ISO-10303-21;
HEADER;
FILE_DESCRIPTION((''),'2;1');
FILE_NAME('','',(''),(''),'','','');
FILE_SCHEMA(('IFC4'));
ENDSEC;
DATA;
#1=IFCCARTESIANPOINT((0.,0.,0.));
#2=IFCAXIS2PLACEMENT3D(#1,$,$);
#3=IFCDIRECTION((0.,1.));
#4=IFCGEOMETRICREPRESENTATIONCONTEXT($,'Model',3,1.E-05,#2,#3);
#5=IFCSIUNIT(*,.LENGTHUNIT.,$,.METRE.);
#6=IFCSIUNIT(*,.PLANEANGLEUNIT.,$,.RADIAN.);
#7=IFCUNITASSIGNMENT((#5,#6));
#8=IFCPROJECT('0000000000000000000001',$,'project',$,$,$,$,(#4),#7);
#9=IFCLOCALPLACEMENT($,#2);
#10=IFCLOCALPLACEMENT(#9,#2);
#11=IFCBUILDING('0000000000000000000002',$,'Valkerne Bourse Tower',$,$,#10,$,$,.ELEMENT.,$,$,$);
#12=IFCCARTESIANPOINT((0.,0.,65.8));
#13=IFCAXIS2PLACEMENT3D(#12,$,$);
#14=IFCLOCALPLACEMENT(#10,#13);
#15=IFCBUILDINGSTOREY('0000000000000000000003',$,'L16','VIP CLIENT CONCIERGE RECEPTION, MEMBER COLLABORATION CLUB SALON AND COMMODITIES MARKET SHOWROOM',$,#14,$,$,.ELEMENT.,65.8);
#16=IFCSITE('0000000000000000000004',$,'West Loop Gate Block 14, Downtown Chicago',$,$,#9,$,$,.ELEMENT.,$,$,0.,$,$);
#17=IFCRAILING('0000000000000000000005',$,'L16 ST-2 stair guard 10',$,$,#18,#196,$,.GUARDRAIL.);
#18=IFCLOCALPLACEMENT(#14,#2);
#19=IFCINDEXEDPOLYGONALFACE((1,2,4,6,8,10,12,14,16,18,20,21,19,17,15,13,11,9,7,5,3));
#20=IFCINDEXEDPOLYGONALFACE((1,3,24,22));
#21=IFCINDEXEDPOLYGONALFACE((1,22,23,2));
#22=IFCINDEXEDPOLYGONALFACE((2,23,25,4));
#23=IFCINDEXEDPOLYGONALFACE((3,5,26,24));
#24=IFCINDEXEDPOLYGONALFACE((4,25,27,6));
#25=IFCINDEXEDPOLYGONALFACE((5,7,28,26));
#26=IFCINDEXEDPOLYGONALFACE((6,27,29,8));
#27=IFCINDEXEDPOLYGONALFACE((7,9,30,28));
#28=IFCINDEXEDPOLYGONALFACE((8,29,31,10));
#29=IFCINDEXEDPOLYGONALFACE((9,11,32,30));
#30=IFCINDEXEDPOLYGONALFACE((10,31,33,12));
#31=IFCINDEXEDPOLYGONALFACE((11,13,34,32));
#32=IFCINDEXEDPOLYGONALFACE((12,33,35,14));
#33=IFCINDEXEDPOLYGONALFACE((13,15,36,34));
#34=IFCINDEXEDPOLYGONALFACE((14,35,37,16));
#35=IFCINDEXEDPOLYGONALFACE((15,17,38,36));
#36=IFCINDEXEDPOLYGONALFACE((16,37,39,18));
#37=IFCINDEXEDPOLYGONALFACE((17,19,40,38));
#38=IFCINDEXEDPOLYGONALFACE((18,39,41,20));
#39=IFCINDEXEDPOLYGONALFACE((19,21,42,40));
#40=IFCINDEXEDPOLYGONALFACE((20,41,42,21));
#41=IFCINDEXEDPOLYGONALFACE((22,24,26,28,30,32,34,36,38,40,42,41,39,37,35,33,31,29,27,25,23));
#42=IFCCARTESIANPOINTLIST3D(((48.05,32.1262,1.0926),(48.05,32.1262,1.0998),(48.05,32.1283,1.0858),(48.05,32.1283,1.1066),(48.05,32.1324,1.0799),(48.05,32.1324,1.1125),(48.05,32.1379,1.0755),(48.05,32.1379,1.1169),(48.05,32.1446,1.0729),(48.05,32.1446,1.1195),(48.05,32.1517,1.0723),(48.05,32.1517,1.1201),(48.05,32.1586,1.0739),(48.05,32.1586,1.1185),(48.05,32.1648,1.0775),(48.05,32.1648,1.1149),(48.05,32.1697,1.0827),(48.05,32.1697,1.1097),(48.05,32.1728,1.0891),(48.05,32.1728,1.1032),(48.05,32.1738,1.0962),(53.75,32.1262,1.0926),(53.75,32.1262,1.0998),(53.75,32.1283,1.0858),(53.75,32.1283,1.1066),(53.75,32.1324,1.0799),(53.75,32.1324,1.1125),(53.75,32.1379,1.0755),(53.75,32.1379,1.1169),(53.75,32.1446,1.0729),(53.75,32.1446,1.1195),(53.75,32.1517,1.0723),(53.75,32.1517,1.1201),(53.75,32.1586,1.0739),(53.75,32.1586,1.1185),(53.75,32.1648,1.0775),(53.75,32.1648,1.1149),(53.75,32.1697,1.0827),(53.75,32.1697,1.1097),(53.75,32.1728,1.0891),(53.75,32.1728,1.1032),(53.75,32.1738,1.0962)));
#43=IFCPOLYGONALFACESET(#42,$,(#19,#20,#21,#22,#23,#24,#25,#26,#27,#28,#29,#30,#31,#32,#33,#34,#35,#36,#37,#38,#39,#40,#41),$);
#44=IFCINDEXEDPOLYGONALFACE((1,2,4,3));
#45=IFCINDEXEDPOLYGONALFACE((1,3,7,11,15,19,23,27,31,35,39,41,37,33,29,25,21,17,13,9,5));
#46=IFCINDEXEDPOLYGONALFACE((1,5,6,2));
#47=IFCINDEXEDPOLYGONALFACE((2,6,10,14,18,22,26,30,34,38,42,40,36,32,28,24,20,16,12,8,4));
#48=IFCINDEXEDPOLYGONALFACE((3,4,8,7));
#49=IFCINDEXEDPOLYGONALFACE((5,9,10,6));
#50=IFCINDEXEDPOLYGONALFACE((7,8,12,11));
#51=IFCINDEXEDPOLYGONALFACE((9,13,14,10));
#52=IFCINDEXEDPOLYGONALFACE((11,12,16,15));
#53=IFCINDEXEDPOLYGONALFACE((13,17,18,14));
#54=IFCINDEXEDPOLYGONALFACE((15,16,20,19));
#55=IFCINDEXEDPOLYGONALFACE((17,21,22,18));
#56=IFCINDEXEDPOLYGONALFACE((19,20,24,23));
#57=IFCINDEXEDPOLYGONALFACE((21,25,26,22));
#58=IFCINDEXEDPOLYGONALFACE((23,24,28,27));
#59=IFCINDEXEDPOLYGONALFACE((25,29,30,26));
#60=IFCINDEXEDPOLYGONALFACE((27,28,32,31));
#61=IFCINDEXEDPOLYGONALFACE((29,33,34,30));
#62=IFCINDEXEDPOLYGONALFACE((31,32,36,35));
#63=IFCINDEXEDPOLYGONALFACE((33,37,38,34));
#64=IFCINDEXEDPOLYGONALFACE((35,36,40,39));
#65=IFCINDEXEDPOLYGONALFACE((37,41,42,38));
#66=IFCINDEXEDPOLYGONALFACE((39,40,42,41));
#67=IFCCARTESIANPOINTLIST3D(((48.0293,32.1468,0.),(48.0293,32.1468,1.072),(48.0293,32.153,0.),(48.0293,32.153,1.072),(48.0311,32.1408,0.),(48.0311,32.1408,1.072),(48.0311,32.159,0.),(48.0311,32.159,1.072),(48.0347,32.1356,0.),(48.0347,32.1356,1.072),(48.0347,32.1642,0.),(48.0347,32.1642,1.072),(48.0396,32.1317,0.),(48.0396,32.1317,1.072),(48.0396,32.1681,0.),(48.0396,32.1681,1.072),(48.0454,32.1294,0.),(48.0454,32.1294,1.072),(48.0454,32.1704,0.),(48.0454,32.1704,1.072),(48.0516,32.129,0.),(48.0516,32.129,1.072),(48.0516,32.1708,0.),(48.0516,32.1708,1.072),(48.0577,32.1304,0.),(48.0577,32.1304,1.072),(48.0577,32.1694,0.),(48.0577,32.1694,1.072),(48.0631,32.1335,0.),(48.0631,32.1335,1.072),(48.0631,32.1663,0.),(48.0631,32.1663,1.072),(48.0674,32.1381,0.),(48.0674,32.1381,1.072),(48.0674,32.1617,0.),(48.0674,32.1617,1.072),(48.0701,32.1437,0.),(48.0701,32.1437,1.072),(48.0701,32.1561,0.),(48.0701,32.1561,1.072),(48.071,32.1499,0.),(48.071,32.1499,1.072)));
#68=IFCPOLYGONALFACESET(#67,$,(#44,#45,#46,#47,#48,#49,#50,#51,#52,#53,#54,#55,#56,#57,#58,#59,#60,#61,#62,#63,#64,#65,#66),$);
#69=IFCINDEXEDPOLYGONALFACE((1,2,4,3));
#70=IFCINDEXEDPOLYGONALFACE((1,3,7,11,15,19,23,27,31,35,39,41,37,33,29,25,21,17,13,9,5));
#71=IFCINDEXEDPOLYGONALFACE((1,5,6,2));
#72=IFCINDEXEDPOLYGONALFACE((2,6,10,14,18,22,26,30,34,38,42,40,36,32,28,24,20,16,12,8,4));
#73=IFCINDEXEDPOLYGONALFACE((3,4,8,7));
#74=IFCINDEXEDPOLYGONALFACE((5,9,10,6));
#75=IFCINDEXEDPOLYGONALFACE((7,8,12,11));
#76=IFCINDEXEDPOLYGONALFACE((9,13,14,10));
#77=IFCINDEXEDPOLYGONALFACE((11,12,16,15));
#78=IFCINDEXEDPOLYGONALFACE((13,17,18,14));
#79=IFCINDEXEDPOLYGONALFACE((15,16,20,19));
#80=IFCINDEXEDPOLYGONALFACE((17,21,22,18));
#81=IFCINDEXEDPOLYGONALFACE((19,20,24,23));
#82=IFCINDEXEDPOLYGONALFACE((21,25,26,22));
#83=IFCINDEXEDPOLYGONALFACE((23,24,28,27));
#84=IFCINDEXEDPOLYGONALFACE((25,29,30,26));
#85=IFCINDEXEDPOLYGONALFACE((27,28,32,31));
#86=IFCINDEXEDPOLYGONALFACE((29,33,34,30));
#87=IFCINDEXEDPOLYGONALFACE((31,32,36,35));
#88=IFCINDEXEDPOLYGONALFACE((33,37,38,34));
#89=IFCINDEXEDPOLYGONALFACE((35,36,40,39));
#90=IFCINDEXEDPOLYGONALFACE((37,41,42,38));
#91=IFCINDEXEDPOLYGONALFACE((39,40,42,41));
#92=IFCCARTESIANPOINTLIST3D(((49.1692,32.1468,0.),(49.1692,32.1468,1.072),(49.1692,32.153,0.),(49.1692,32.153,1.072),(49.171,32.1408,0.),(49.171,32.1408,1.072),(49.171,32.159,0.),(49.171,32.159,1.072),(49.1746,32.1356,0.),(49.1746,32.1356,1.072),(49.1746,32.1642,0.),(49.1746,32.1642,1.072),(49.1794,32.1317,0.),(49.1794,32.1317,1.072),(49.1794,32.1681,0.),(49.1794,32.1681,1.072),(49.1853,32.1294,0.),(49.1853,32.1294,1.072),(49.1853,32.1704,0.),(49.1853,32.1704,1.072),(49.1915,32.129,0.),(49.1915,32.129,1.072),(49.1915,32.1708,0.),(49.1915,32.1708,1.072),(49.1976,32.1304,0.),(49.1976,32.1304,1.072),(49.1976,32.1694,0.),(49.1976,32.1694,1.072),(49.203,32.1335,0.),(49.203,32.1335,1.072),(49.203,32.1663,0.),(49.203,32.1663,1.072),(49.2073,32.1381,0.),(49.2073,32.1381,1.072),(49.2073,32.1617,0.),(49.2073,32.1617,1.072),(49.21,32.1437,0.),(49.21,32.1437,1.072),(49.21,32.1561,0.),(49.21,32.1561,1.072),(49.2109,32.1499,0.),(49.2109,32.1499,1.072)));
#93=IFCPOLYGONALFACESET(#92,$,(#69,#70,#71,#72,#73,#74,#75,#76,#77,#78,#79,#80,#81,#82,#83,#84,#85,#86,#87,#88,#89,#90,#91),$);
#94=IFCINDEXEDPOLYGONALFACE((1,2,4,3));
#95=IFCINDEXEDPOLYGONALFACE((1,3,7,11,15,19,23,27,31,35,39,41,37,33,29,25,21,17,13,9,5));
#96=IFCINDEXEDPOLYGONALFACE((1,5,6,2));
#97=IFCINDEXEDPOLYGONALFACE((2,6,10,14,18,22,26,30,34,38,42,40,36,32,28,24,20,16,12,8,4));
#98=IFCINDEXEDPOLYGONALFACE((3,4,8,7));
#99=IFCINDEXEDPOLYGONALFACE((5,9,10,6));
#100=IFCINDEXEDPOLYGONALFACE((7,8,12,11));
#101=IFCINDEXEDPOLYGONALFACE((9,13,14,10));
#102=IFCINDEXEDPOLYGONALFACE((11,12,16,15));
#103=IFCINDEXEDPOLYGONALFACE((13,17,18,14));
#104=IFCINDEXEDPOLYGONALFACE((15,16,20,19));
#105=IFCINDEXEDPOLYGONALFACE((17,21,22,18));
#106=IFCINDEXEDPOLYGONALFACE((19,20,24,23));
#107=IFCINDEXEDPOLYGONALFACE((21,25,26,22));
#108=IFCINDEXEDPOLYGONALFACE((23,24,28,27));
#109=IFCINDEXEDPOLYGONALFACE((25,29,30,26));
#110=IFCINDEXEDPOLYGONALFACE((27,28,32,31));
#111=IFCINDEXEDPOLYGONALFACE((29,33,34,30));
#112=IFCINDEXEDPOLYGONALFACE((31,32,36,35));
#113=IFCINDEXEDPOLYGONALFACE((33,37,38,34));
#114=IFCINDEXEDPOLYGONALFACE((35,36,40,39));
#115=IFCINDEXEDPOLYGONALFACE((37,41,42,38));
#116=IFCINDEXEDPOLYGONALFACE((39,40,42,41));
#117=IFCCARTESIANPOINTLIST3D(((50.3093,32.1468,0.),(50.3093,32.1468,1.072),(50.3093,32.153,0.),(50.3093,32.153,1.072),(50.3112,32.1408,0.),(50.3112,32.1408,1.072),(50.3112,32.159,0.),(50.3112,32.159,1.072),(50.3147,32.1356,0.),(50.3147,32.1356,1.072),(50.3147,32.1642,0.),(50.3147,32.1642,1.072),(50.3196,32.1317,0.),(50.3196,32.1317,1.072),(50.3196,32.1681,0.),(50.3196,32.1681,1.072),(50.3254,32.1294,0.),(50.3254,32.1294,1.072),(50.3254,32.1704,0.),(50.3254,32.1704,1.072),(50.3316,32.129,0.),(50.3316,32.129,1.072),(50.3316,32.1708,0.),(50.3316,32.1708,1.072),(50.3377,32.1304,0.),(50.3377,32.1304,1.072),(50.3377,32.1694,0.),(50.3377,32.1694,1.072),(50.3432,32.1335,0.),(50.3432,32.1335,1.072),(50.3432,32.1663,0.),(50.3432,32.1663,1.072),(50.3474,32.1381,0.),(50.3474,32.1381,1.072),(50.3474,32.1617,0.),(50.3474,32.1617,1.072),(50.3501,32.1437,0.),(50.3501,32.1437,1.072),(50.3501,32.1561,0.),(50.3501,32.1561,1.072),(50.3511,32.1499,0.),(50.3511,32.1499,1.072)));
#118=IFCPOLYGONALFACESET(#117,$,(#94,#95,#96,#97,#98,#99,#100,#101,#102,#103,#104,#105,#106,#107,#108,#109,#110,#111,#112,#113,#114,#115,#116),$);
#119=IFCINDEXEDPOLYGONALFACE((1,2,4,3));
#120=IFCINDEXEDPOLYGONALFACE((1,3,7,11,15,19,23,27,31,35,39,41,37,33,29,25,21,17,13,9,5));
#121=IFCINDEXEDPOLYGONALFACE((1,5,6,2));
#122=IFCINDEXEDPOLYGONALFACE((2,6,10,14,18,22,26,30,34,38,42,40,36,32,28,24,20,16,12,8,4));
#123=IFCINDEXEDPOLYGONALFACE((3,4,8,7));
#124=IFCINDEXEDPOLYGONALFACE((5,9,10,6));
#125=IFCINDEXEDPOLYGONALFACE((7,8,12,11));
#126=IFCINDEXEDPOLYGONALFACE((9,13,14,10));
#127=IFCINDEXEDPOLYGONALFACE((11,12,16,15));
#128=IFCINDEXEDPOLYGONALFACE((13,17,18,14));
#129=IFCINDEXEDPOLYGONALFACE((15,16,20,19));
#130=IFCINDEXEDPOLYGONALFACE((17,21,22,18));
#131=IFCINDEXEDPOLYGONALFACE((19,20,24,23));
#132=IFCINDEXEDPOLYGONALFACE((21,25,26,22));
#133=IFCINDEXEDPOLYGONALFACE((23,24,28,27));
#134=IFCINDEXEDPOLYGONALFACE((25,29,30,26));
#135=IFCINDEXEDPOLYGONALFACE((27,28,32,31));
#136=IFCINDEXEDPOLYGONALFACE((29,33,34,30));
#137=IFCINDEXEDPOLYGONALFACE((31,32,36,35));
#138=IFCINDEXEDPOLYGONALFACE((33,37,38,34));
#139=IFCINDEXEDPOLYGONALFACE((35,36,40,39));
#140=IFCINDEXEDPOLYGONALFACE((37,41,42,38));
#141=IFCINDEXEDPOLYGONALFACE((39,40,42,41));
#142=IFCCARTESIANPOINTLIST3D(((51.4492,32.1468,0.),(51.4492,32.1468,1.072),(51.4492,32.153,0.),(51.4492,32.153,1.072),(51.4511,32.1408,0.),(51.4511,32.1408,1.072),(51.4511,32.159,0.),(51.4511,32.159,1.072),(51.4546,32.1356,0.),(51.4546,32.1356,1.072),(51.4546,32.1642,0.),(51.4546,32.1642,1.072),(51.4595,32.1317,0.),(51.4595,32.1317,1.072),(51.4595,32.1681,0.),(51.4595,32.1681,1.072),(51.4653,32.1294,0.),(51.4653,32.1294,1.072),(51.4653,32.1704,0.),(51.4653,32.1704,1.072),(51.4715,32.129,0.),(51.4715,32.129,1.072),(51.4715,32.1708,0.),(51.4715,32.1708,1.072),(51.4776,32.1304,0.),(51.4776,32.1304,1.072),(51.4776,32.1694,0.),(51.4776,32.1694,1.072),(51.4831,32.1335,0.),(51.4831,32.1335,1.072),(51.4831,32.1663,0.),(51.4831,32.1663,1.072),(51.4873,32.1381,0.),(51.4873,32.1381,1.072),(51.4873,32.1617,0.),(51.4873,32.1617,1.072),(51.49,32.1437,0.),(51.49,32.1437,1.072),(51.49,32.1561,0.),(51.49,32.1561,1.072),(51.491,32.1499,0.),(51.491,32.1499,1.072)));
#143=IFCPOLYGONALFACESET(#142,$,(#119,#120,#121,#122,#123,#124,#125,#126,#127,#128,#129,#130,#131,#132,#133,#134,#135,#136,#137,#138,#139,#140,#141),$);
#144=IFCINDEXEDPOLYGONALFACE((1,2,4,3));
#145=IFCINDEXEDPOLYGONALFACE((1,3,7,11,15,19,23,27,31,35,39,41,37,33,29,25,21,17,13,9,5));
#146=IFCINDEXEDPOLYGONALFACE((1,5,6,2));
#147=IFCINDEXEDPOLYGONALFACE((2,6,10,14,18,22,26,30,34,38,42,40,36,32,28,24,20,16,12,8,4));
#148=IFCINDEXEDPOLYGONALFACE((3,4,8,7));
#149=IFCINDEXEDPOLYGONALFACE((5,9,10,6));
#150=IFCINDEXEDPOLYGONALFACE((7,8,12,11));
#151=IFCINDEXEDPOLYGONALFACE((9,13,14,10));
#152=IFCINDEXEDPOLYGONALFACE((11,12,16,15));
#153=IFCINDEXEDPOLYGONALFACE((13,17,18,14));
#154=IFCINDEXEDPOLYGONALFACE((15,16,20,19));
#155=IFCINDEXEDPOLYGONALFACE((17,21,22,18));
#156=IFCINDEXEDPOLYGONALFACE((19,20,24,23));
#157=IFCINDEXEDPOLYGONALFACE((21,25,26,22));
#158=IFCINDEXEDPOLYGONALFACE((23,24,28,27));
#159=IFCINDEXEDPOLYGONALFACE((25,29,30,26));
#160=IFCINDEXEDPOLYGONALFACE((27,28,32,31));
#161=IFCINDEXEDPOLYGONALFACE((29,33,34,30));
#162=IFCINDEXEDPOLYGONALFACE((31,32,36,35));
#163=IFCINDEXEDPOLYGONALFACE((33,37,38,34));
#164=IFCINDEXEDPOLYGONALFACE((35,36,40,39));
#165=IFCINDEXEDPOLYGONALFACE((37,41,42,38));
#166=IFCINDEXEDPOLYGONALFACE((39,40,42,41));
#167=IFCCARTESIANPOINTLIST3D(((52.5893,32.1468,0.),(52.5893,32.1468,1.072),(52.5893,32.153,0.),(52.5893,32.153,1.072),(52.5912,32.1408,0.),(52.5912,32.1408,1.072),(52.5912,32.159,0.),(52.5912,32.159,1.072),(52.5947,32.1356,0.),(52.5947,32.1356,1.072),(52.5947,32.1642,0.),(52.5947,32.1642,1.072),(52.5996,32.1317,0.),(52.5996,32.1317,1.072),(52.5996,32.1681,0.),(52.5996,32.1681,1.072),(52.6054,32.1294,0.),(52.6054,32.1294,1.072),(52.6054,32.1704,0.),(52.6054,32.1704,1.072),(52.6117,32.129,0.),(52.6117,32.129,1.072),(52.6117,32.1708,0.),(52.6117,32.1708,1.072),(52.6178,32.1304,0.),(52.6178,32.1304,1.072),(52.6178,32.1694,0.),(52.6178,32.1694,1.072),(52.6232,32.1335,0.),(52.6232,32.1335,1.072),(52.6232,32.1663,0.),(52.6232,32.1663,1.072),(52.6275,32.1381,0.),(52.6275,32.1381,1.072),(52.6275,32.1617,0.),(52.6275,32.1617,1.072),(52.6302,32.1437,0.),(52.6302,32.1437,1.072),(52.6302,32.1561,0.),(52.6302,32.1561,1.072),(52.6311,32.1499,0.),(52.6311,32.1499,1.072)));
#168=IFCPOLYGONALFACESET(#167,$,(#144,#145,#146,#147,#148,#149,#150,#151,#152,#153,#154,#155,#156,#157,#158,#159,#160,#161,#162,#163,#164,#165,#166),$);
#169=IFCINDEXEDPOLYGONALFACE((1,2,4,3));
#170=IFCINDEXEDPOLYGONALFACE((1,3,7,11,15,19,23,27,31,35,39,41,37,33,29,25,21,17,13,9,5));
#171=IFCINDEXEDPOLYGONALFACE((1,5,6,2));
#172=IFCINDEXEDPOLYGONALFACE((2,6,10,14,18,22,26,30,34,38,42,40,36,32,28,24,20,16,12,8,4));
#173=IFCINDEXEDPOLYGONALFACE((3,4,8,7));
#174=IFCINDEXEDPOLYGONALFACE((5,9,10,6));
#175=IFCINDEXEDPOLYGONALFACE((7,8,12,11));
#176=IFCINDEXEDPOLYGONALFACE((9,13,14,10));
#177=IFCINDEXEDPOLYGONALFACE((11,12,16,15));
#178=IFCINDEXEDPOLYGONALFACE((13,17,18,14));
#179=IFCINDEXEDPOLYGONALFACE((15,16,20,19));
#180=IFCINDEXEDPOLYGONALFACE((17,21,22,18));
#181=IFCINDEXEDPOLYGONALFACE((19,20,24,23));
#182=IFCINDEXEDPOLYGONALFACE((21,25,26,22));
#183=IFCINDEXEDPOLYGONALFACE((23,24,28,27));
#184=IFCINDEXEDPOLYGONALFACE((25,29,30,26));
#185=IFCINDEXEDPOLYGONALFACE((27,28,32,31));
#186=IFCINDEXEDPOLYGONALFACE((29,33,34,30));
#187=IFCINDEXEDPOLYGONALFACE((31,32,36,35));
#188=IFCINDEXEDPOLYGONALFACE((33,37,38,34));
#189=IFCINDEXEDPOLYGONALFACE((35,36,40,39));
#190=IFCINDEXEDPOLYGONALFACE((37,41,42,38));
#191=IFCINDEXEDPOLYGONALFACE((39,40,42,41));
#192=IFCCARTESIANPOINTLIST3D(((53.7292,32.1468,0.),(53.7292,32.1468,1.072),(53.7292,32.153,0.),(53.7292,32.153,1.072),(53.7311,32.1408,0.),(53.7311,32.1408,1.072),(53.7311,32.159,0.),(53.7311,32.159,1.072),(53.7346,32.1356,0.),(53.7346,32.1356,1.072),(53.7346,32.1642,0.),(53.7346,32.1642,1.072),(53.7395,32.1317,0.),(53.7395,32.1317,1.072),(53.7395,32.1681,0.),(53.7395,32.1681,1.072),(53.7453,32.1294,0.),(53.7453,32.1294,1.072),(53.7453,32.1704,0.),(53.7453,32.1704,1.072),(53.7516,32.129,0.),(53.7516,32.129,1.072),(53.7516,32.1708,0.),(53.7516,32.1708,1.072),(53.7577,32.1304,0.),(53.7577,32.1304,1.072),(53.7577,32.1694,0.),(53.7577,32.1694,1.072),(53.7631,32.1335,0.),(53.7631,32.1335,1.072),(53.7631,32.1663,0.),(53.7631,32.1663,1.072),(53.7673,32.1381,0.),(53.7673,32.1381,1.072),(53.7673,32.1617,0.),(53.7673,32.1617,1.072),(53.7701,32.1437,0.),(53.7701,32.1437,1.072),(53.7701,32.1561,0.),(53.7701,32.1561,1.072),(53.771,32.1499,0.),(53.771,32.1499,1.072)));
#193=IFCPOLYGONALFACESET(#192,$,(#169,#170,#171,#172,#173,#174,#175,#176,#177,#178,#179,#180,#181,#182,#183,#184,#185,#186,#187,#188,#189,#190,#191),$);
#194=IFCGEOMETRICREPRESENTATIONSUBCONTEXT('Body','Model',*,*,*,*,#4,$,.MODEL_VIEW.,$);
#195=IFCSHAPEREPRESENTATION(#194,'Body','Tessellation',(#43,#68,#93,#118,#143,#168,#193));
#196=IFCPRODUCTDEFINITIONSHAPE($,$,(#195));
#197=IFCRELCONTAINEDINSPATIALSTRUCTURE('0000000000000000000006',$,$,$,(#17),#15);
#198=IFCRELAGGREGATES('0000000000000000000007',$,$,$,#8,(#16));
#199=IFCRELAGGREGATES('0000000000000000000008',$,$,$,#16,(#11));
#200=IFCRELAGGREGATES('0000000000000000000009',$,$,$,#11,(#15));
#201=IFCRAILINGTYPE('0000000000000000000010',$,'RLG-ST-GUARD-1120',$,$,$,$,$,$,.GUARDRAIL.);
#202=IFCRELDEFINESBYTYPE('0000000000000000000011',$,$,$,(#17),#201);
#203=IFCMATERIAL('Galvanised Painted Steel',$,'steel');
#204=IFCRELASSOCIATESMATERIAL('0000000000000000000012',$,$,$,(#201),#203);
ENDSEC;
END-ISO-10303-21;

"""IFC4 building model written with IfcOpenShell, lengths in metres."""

from ifc_helpers import new_model, si_unit, direction, frame, origin, origin_2d, place, context, subcontext, project, spatial, circle, extrude, material, type_object, element, save


model = new_model("IFC4")

# Units and contexts
model_context = context("Model", 3, precision=1e-05, world=origin(), true_north=direction((0.0, 1.0)))
body_context = subcontext(model_context, "Body", "Model", "MODEL_VIEW")
ifc_project = project(units=[si_unit("LENGTHUNIT", "METRE"), si_unit("PLANEANGLEUNIT", "RADIAN")], contexts=[model_context])

# Site, building, storey
site_placement = place(None, origin())
site = spatial("IfcSite", under=ifc_project, at=site_placement, Name="West Loop Gate Block 14, Downtown Chicago", CompositionType="ELEMENT", RefElevation=0.0)
building_placement = place(site_placement, origin())
building = spatial("IfcBuilding", under=site, at=building_placement, Name="Valkerne Bourse Tower", CompositionType="ELEMENT")
storey_placement = place(building_placement, frame((0.0, 0.0, 65.8)))
storey = spatial("IfcBuildingStorey", under=building, at=storey_placement, Name="L16", Description="VIP CLIENT CONCIERGE RECEPTION, MEMBER COLLABORATION CLUB SALON AND COMMODITIES MARKET SHOWROOM", CompositionType="ELEMENT", Elevation=65.8)

# Shared definitions
ifc_material_1 = material(Name="Galvanised Painted Steel", Category="steel")

# Railing
railing_type_1 = type_object("IfcRailingType", Name="RLG-ST-GUARD-1120", PredefinedType="GUARDRAIL", material=ifc_material_1)
for number, where, name in (
    (1, (48.05, 32.1499, 0.0), "L16 ST-2 stair guard 10"),
):
    element("IfcRailing", number, at=place(storey_placement, frame(where)), inside=storey, type_object=railing_type_1, Name=name, PredefinedType="GUARDRAIL", context=body_context, shape_type="SweptSolid", body=[
        extrude(circle(Radius=0.0239, at=origin_2d()), frame((0.0, 0.0, 1.0962), z_axis=(1.0, 0.0, 0.0), x_axis=(0.0, 1.0, 0.0)), (0.0, 0.0, 1.0), 5.7),
        extrude(circle(Radius=0.021, at=origin_2d()), origin(), (0.0, 0.0, 1.0), 1.072),
        extrude(circle(Radius=0.021, at=origin_2d()), frame((1.1399, 0.0, 0.0)), (0.0, 0.0, 1.0), 1.072),
        extrude(circle(Radius=0.021, at=origin_2d()), frame((2.28, 0.0, 0.0)), (0.0, 0.0, 1.0), 1.072),
        extrude(circle(Radius=0.021, at=origin_2d()), frame((3.4199, 0.0, 0.0)), (0.0, 0.0, 1.0), 1.072),
        extrude(circle(Radius=0.021, at=origin_2d()), frame((4.5601, 0.0, 0.0)), (0.0, 0.0, 1.0), 1.072),
        extrude(circle(Radius=0.021, at=origin_2d()), frame((5.7, 0.0, 0.0)), (0.0, 0.0, 1.0), 1.072),
    ])

save(model, "model.ifc")
